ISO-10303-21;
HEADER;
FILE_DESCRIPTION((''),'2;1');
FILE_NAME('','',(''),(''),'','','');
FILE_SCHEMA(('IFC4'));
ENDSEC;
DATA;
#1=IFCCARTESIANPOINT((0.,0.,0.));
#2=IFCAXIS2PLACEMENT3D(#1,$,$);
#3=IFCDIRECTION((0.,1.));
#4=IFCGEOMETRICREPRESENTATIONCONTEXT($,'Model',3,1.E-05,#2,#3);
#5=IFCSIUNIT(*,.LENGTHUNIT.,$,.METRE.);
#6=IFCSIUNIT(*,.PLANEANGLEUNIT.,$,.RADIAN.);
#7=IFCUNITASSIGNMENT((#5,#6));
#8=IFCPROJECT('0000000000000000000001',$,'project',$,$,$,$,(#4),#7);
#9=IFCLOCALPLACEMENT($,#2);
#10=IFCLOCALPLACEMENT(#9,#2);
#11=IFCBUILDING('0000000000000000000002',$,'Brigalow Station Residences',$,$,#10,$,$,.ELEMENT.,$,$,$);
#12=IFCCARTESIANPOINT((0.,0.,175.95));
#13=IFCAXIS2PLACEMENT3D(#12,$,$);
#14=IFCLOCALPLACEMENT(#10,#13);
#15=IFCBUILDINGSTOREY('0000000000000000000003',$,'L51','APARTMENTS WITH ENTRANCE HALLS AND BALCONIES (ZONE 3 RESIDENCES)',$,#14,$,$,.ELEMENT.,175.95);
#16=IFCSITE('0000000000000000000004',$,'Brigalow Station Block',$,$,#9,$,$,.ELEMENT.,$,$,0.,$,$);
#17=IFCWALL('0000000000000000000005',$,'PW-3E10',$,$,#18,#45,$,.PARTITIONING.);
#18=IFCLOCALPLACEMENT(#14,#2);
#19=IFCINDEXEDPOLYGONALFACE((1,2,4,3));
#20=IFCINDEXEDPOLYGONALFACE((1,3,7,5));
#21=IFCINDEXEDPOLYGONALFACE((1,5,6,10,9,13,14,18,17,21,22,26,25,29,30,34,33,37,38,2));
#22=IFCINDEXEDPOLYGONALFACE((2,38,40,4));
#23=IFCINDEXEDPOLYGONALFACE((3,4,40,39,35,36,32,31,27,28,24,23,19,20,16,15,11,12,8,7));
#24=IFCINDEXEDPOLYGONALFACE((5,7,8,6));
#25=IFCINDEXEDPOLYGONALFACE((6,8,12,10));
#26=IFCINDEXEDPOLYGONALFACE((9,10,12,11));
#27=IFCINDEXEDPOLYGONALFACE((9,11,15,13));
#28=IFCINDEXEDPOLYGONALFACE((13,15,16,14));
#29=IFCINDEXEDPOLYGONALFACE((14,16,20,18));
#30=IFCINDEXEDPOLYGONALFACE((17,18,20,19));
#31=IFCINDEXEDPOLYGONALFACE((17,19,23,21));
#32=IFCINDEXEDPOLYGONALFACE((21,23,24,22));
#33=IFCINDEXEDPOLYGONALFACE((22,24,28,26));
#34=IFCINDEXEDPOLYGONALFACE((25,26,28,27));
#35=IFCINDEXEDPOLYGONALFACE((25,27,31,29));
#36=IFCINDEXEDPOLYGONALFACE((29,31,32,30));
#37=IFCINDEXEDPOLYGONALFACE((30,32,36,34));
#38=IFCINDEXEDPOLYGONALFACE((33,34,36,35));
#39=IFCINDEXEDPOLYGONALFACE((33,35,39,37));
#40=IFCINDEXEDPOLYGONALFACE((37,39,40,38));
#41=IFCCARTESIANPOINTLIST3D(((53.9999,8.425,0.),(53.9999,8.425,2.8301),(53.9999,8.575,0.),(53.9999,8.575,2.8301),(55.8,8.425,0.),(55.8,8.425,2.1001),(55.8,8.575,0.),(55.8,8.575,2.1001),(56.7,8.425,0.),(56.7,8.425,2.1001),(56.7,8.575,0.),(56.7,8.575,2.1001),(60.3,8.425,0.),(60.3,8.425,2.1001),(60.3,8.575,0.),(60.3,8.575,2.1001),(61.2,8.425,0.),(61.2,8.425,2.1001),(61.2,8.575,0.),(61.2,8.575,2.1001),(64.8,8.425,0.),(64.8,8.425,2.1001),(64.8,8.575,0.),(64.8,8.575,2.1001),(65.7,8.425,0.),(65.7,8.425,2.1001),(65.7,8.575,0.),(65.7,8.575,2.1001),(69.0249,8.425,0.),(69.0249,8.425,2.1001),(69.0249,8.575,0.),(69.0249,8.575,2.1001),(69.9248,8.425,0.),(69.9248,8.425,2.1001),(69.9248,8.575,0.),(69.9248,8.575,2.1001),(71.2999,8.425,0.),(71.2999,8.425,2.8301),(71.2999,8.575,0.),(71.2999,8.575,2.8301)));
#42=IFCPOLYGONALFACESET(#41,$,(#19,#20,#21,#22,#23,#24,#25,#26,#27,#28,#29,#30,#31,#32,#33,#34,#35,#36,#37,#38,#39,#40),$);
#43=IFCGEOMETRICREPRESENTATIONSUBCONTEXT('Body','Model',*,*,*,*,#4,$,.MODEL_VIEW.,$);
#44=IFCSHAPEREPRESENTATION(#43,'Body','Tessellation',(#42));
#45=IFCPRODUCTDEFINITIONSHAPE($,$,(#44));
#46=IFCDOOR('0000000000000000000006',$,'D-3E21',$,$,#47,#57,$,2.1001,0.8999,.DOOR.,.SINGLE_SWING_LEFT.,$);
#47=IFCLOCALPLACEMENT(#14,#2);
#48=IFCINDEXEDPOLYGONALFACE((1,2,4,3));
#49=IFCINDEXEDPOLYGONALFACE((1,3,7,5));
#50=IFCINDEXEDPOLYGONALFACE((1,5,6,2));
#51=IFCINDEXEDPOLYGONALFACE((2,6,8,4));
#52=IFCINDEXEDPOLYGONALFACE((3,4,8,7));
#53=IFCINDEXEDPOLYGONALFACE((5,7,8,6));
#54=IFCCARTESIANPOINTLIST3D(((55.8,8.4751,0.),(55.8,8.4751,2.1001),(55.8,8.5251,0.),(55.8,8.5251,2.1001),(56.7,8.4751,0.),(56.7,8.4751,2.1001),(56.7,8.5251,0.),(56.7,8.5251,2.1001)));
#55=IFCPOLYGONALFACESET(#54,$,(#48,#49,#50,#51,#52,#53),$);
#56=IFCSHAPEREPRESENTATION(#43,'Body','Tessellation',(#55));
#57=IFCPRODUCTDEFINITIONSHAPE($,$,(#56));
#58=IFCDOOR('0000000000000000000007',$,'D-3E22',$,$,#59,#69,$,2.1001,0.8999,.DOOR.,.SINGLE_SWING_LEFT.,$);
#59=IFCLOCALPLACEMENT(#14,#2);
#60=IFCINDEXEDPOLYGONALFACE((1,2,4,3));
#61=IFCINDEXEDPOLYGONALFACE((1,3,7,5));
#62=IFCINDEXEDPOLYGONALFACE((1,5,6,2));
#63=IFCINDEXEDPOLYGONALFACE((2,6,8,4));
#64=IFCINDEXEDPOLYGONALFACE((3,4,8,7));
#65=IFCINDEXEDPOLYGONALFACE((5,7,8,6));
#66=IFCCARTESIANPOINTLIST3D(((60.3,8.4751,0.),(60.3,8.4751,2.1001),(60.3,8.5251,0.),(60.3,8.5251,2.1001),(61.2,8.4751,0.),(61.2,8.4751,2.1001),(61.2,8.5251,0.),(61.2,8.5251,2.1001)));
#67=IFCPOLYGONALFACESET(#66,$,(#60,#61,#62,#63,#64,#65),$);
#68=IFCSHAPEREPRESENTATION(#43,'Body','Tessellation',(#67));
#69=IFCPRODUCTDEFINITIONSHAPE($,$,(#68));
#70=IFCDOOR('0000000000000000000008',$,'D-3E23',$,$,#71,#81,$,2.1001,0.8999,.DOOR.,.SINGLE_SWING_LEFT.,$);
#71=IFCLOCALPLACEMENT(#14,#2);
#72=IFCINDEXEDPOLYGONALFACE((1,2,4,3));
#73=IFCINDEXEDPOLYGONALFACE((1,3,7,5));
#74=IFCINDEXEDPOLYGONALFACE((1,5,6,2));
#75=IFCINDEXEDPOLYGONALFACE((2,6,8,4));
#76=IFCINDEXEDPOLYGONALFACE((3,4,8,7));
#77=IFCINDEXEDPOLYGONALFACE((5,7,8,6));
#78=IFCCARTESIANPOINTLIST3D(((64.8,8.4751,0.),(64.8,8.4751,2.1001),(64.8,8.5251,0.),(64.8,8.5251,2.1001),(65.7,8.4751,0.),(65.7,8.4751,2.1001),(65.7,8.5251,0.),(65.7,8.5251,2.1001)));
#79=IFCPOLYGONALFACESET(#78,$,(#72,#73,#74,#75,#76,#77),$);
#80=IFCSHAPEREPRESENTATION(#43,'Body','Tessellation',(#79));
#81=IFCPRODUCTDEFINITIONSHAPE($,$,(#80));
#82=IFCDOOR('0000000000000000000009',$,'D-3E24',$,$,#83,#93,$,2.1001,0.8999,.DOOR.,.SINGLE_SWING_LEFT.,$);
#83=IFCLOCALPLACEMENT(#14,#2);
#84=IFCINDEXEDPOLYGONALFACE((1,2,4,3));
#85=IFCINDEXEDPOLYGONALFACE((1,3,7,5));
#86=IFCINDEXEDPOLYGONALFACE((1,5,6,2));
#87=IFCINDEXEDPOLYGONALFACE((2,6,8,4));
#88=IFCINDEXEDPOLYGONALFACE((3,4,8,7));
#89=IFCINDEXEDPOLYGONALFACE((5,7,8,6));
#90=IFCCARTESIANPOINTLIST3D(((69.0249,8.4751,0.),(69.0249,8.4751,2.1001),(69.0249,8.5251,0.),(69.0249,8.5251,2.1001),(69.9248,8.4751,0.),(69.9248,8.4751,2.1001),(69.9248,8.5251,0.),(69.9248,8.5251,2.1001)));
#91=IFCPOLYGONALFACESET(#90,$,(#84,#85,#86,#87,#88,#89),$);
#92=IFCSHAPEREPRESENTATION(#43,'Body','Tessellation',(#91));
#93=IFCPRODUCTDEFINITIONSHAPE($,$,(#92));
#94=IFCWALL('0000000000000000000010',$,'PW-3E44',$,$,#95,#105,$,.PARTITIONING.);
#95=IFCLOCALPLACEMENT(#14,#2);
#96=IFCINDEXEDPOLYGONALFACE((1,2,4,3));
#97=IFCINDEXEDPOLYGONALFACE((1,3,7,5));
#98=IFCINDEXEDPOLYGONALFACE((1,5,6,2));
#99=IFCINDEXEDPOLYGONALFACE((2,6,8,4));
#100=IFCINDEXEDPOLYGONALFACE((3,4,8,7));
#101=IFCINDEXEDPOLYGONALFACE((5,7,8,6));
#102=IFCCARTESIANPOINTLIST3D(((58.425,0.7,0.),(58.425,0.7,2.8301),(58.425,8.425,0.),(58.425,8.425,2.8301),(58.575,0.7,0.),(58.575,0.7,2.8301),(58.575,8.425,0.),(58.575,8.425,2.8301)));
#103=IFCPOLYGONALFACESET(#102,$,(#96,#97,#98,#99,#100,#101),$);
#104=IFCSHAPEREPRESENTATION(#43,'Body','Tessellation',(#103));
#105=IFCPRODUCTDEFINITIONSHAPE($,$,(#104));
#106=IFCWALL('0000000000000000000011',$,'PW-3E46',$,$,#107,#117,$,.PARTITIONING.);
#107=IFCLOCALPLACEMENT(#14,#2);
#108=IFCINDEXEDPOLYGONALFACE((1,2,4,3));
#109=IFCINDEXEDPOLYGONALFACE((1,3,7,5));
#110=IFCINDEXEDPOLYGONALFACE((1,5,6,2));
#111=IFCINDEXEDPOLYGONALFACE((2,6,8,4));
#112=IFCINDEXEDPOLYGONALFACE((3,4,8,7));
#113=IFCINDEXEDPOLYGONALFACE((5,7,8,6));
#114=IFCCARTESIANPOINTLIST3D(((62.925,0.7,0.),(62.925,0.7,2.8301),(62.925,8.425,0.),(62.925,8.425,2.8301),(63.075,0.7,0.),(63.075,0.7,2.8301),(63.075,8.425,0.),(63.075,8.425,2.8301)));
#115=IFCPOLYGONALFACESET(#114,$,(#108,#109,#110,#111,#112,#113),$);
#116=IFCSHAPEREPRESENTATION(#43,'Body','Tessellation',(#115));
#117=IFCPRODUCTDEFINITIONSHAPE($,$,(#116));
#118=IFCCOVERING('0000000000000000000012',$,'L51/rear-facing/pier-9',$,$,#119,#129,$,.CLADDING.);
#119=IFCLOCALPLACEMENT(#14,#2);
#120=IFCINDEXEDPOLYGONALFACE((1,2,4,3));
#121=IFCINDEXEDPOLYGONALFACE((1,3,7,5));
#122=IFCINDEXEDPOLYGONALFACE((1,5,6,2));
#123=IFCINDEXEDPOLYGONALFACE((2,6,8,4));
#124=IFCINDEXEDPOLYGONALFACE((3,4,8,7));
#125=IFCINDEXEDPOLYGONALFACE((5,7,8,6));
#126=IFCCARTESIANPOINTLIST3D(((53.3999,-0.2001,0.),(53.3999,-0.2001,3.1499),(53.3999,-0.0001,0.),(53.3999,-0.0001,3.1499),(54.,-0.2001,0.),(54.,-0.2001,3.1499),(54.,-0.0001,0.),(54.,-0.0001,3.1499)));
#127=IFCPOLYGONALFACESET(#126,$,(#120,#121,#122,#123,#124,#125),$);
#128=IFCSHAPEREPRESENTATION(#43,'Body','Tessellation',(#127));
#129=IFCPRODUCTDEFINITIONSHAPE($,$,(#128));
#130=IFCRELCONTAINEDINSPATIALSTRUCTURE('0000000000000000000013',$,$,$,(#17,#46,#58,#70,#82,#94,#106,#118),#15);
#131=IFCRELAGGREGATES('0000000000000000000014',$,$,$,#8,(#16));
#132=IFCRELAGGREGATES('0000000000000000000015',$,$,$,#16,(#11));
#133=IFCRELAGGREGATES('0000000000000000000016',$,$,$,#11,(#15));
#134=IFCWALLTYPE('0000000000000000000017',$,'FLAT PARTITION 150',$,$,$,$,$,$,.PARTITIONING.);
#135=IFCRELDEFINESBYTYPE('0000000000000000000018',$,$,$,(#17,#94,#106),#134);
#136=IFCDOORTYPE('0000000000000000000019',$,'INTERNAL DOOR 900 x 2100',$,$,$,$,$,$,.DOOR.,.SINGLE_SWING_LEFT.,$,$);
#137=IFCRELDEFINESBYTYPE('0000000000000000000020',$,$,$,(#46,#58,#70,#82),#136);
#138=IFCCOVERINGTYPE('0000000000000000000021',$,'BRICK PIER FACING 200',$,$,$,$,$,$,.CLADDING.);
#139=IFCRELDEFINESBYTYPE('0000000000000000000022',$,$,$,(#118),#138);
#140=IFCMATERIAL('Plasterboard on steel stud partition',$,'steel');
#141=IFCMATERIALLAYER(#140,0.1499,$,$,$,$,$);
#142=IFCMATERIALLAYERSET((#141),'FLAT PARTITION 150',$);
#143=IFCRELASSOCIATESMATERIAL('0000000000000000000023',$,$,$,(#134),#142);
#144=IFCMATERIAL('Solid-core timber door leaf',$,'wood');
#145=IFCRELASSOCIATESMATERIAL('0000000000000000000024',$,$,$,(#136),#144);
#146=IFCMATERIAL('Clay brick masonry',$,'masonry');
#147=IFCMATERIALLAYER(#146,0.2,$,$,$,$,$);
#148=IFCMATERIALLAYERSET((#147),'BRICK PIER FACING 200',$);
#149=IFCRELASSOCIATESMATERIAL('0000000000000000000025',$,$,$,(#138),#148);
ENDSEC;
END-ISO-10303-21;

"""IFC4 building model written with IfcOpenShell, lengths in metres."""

from ifc_helpers import new_model, si_unit, direction, frame, frame_2d, origin, origin_2d, place, context, subcontext, project, spatial, rectangle, extrude, material, layer, layer_set, type_object, element, fill, save


model = new_model("IFC4")

# Units and contexts
model_context = context("Model", 3, precision=1e-05, world=origin(), true_north=direction((0.0, 1.0)))
body_context = subcontext(model_context, "Body", "Model", "MODEL_VIEW")
ifc_project = project(units=[si_unit("LENGTHUNIT", "METRE"), si_unit("PLANEANGLEUNIT", "RADIAN")], contexts=[model_context])

# Site, building, storey
site_placement = place(None, origin())
site = spatial("IfcSite", under=ifc_project, at=site_placement, Name="Brigalow Station Block", CompositionType="ELEMENT", RefElevation=0.0)
building_placement = place(site_placement, origin())
building = spatial("IfcBuilding", under=site, at=building_placement, Name="Brigalow Station Residences", CompositionType="ELEMENT")
storey_placement = place(building_placement, frame((0.0, 0.0, 175.95)))
storey = spatial("IfcBuildingStorey", under=building, at=storey_placement, Name="L51", Description="APARTMENTS WITH ENTRANCE HALLS AND BALCONIES (ZONE 3 RESIDENCES)", CompositionType="ELEMENT", Elevation=175.95)

# Wall, openings, doors
ifc_material_1 = material(Name="Plasterboard on steel stud partition", Category="steel")
ifc_layer_1 = layer(ifc_material_1, 0.1499)
ifc_layer_set_1 = layer_set([ifc_layer_1], Name="FLAT PARTITION 150")
wall_type_1 = type_object("IfcWallType", Name="FLAT PARTITION 150", PredefinedType="PARTITIONING", material=ifc_layer_set_1)
wall_1_placement = place(storey_placement, frame((54.0, 8.5, 0.0), z_axis=(0.0, 0.0, 1.0), x_axis=(1.0, 0.0, 0.0)))
wall_1 = element("IfcWall", 1, at=wall_1_placement, inside=storey, type_object=wall_type_1, Name="PW-3E10", PredefinedType="PARTITIONING", context=body_context, shape_type="SweptSolid", body=[
    extrude(rectangle(XDim=17.3, YDim=0.1499, at=frame_2d((8.6499, 0.0))), origin(), (0.0, 0.0, 1.0), 2.8301),
])
opening_1_placement = place(wall_1_placement, frame((1.8, 0.0, 0.0)))
opening_1 = element("IfcOpeningElement", 2, at=opening_1_placement, cuts=wall_1, PredefinedType="OPENING", context=body_context, shape_type="SweptSolid", body=[
    extrude(rectangle(XDim=0.8999, YDim=2.1001, at=frame_2d((0.45, 1.05))), frame((0.0, 0.085, 0.0), z_axis=(0.0, -1.0, 0.0), x_axis=(1.0, 0.0, 0.0)), (0.0, 0.0, 1.0), 0.1699),
])
opening_2_placement = place(wall_1_placement, frame((6.3, 0.0, 0.0)))
opening_2 = element("IfcOpeningElement", 3, at=opening_2_placement, cuts=wall_1, PredefinedType="OPENING", context=body_context, shape_type="SweptSolid", body=[
    extrude(rectangle(XDim=0.8999, YDim=2.1001, at=frame_2d((0.45, 1.05))), frame((0.0, 0.085, 0.0), z_axis=(0.0, -1.0, 0.0), x_axis=(1.0, 0.0, 0.0)), (0.0, 0.0, 1.0), 0.1699),
])
opening_3_placement = place(wall_1_placement, frame((10.8, 0.0, 0.0)))
opening_3 = element("IfcOpeningElement", 4, at=opening_3_placement, cuts=wall_1, PredefinedType="OPENING", context=body_context, shape_type="SweptSolid", body=[
    extrude(rectangle(XDim=0.8999, YDim=2.1001, at=frame_2d((0.45, 1.05))), frame((0.0, 0.085, 0.0), z_axis=(0.0, -1.0, 0.0), x_axis=(1.0, 0.0, 0.0)), (0.0, 0.0, 1.0), 0.1699),
])
opening_4_placement = place(wall_1_placement, frame((15.0249, 0.0, 0.0)))
opening_4 = element("IfcOpeningElement", 5, at=opening_4_placement, cuts=wall_1, PredefinedType="OPENING", context=body_context, shape_type="SweptSolid", body=[
    extrude(rectangle(XDim=0.8999, YDim=2.1001, at=frame_2d((0.45, 1.05))), frame((0.0, 0.085, 0.0), z_axis=(0.0, -1.0, 0.0), x_axis=(1.0, 0.0, 0.0)), (0.0, 0.0, 1.0), 0.1699),
])
ifc_material_2 = material(Name="Solid-core timber door leaf", Category="wood")
door_type = type_object("IfcDoorType", Name="INTERNAL DOOR 900 x 2100", OperationType="SINGLE_SWING_LEFT", PredefinedType="DOOR", material=ifc_material_2)
door_1_placement = place(opening_1_placement, frame((0.8999, 0.0, 0.0), z_axis=(0.0, 0.0, 1.0), x_axis=(-1.0, 0.0, 0.0)))
door_1 = element("IfcDoor", 6, at=door_1_placement, inside=storey, type_object=door_type, Name="D-3E21", OperationType="SINGLE_SWING_LEFT", OverallHeight=2.1001, OverallWidth=0.8999, PredefinedType="DOOR", context=body_context, shape_type="SweptSolid", body=[
    extrude(rectangle(XDim=0.8999, YDim=2.1001, at=frame_2d((0.45, 1.05))), frame((0.0, 0.0249, 0.0), z_axis=(0.0, -1.0, 0.0), x_axis=(1.0, 0.0, 0.0)), (0.0, 0.0, 1.0), 0.05),
])
fill(opening_1, door_1)
door_2_placement = place(opening_2_placement, frame((0.8999, 0.0, 0.0), z_axis=(0.0, 0.0, 1.0), x_axis=(-1.0, 0.0, 0.0)))
door_2 = element("IfcDoor", 7, at=door_2_placement, inside=storey, type_object=door_type, Name="D-3E22", OperationType="SINGLE_SWING_LEFT", OverallHeight=2.1001, OverallWidth=0.8999, PredefinedType="DOOR", context=body_context, shape_type="SweptSolid", body=[
    extrude(rectangle(XDim=0.8999, YDim=2.1001, at=frame_2d((0.45, 1.05))), frame((0.0, 0.0249, 0.0), z_axis=(0.0, -1.0, 0.0), x_axis=(1.0, 0.0, 0.0)), (0.0, 0.0, 1.0), 0.05),
])
fill(opening_2, door_2)
door_3_placement = place(opening_3_placement, frame((0.8999, 0.0, 0.0), z_axis=(0.0, 0.0, 1.0), x_axis=(-1.0, 0.0, 0.0)))
door_3 = element("IfcDoor", 8, at=door_3_placement, inside=storey, type_object=door_type, Name="D-3E23", OperationType="SINGLE_SWING_LEFT", OverallHeight=2.1001, OverallWidth=0.8999, PredefinedType="DOOR", context=body_context, shape_type="SweptSolid", body=[
    extrude(rectangle(XDim=0.8999, YDim=2.1001, at=frame_2d((0.45, 1.05))), frame((0.0, 0.0249, 0.0), z_axis=(0.0, -1.0, 0.0), x_axis=(1.0, 0.0, 0.0)), (0.0, 0.0, 1.0), 0.05),
])
fill(opening_3, door_3)
door_4_placement = place(opening_4_placement, frame((0.8999, 0.0, 0.0), z_axis=(0.0, 0.0, 1.0), x_axis=(-1.0, 0.0, 0.0)))
door_4 = element("IfcDoor", 9, at=door_4_placement, inside=storey, type_object=door_type, Name="D-3E24", OperationType="SINGLE_SWING_LEFT", OverallHeight=2.1001, OverallWidth=0.8999, PredefinedType="DOOR", context=body_context, shape_type="SweptSolid", body=[
    extrude(rectangle(XDim=0.8999, YDim=2.1001, at=frame_2d((0.45, 1.05))), frame((0.0, 0.0249, 0.0), z_axis=(0.0, -1.0, 0.0), x_axis=(1.0, 0.0, 0.0)), (0.0, 0.0, 1.0), 0.05),
])
fill(opening_4, door_4)

# Walls
for number, where, z_axis, x_axis, name in (
    (10, (58.5, 0.7, 0.0), (0.0, 0.0, 1.0), (0.0, 1.0, 0.0), "PW-3E44"),
    (11, (63.0, 0.7, 0.0), (0.0, 0.0, 1.0), (0.0, 1.0, 0.0), "PW-3E46"),
):
    element("IfcWall", number, at=place(storey_placement, frame(where, z_axis=z_axis, x_axis=x_axis)), inside=storey, type_object=wall_type_1, Name=name, PredefinedType="PARTITIONING", context=body_context, shape_type="SweptSolid", body=[
        extrude(rectangle(XDim=7.7251, YDim=0.1499, at=frame_2d((3.8625, 0.0))), origin(), (0.0, 0.0, 1.0), 2.8301),
    ])

# Covering
ifc_material_3 = material(Name="Clay brick masonry", Category="masonry")
ifc_layer_2 = layer(ifc_material_3, 0.2)
ifc_layer_set_2 = layer_set([ifc_layer_2], Name="BRICK PIER FACING 200")
covering_type = type_object("IfcCoveringType", Name="BRICK PIER FACING 200", PredefinedType="CLADDING", material=ifc_layer_set_2)
covering_placement = place(storey_placement, frame((53.7, -0.1001, 0.0), z_axis=(0.0, 0.0, 1.0), x_axis=(1.0, 0.0, 0.0)))
element("IfcCovering", 12, at=covering_placement, inside=storey, type_object=covering_type, Name="L51/rear-facing/pier-9", PredefinedType="CLADDING", context=body_context, shape_type="SweptSolid", body=[
    extrude(rectangle(XDim=0.6001, YDim=0.2, at=origin_2d()), origin(), (0.0, 0.0, 1.0), 3.1499),
])

save(model, "model.ifc")
